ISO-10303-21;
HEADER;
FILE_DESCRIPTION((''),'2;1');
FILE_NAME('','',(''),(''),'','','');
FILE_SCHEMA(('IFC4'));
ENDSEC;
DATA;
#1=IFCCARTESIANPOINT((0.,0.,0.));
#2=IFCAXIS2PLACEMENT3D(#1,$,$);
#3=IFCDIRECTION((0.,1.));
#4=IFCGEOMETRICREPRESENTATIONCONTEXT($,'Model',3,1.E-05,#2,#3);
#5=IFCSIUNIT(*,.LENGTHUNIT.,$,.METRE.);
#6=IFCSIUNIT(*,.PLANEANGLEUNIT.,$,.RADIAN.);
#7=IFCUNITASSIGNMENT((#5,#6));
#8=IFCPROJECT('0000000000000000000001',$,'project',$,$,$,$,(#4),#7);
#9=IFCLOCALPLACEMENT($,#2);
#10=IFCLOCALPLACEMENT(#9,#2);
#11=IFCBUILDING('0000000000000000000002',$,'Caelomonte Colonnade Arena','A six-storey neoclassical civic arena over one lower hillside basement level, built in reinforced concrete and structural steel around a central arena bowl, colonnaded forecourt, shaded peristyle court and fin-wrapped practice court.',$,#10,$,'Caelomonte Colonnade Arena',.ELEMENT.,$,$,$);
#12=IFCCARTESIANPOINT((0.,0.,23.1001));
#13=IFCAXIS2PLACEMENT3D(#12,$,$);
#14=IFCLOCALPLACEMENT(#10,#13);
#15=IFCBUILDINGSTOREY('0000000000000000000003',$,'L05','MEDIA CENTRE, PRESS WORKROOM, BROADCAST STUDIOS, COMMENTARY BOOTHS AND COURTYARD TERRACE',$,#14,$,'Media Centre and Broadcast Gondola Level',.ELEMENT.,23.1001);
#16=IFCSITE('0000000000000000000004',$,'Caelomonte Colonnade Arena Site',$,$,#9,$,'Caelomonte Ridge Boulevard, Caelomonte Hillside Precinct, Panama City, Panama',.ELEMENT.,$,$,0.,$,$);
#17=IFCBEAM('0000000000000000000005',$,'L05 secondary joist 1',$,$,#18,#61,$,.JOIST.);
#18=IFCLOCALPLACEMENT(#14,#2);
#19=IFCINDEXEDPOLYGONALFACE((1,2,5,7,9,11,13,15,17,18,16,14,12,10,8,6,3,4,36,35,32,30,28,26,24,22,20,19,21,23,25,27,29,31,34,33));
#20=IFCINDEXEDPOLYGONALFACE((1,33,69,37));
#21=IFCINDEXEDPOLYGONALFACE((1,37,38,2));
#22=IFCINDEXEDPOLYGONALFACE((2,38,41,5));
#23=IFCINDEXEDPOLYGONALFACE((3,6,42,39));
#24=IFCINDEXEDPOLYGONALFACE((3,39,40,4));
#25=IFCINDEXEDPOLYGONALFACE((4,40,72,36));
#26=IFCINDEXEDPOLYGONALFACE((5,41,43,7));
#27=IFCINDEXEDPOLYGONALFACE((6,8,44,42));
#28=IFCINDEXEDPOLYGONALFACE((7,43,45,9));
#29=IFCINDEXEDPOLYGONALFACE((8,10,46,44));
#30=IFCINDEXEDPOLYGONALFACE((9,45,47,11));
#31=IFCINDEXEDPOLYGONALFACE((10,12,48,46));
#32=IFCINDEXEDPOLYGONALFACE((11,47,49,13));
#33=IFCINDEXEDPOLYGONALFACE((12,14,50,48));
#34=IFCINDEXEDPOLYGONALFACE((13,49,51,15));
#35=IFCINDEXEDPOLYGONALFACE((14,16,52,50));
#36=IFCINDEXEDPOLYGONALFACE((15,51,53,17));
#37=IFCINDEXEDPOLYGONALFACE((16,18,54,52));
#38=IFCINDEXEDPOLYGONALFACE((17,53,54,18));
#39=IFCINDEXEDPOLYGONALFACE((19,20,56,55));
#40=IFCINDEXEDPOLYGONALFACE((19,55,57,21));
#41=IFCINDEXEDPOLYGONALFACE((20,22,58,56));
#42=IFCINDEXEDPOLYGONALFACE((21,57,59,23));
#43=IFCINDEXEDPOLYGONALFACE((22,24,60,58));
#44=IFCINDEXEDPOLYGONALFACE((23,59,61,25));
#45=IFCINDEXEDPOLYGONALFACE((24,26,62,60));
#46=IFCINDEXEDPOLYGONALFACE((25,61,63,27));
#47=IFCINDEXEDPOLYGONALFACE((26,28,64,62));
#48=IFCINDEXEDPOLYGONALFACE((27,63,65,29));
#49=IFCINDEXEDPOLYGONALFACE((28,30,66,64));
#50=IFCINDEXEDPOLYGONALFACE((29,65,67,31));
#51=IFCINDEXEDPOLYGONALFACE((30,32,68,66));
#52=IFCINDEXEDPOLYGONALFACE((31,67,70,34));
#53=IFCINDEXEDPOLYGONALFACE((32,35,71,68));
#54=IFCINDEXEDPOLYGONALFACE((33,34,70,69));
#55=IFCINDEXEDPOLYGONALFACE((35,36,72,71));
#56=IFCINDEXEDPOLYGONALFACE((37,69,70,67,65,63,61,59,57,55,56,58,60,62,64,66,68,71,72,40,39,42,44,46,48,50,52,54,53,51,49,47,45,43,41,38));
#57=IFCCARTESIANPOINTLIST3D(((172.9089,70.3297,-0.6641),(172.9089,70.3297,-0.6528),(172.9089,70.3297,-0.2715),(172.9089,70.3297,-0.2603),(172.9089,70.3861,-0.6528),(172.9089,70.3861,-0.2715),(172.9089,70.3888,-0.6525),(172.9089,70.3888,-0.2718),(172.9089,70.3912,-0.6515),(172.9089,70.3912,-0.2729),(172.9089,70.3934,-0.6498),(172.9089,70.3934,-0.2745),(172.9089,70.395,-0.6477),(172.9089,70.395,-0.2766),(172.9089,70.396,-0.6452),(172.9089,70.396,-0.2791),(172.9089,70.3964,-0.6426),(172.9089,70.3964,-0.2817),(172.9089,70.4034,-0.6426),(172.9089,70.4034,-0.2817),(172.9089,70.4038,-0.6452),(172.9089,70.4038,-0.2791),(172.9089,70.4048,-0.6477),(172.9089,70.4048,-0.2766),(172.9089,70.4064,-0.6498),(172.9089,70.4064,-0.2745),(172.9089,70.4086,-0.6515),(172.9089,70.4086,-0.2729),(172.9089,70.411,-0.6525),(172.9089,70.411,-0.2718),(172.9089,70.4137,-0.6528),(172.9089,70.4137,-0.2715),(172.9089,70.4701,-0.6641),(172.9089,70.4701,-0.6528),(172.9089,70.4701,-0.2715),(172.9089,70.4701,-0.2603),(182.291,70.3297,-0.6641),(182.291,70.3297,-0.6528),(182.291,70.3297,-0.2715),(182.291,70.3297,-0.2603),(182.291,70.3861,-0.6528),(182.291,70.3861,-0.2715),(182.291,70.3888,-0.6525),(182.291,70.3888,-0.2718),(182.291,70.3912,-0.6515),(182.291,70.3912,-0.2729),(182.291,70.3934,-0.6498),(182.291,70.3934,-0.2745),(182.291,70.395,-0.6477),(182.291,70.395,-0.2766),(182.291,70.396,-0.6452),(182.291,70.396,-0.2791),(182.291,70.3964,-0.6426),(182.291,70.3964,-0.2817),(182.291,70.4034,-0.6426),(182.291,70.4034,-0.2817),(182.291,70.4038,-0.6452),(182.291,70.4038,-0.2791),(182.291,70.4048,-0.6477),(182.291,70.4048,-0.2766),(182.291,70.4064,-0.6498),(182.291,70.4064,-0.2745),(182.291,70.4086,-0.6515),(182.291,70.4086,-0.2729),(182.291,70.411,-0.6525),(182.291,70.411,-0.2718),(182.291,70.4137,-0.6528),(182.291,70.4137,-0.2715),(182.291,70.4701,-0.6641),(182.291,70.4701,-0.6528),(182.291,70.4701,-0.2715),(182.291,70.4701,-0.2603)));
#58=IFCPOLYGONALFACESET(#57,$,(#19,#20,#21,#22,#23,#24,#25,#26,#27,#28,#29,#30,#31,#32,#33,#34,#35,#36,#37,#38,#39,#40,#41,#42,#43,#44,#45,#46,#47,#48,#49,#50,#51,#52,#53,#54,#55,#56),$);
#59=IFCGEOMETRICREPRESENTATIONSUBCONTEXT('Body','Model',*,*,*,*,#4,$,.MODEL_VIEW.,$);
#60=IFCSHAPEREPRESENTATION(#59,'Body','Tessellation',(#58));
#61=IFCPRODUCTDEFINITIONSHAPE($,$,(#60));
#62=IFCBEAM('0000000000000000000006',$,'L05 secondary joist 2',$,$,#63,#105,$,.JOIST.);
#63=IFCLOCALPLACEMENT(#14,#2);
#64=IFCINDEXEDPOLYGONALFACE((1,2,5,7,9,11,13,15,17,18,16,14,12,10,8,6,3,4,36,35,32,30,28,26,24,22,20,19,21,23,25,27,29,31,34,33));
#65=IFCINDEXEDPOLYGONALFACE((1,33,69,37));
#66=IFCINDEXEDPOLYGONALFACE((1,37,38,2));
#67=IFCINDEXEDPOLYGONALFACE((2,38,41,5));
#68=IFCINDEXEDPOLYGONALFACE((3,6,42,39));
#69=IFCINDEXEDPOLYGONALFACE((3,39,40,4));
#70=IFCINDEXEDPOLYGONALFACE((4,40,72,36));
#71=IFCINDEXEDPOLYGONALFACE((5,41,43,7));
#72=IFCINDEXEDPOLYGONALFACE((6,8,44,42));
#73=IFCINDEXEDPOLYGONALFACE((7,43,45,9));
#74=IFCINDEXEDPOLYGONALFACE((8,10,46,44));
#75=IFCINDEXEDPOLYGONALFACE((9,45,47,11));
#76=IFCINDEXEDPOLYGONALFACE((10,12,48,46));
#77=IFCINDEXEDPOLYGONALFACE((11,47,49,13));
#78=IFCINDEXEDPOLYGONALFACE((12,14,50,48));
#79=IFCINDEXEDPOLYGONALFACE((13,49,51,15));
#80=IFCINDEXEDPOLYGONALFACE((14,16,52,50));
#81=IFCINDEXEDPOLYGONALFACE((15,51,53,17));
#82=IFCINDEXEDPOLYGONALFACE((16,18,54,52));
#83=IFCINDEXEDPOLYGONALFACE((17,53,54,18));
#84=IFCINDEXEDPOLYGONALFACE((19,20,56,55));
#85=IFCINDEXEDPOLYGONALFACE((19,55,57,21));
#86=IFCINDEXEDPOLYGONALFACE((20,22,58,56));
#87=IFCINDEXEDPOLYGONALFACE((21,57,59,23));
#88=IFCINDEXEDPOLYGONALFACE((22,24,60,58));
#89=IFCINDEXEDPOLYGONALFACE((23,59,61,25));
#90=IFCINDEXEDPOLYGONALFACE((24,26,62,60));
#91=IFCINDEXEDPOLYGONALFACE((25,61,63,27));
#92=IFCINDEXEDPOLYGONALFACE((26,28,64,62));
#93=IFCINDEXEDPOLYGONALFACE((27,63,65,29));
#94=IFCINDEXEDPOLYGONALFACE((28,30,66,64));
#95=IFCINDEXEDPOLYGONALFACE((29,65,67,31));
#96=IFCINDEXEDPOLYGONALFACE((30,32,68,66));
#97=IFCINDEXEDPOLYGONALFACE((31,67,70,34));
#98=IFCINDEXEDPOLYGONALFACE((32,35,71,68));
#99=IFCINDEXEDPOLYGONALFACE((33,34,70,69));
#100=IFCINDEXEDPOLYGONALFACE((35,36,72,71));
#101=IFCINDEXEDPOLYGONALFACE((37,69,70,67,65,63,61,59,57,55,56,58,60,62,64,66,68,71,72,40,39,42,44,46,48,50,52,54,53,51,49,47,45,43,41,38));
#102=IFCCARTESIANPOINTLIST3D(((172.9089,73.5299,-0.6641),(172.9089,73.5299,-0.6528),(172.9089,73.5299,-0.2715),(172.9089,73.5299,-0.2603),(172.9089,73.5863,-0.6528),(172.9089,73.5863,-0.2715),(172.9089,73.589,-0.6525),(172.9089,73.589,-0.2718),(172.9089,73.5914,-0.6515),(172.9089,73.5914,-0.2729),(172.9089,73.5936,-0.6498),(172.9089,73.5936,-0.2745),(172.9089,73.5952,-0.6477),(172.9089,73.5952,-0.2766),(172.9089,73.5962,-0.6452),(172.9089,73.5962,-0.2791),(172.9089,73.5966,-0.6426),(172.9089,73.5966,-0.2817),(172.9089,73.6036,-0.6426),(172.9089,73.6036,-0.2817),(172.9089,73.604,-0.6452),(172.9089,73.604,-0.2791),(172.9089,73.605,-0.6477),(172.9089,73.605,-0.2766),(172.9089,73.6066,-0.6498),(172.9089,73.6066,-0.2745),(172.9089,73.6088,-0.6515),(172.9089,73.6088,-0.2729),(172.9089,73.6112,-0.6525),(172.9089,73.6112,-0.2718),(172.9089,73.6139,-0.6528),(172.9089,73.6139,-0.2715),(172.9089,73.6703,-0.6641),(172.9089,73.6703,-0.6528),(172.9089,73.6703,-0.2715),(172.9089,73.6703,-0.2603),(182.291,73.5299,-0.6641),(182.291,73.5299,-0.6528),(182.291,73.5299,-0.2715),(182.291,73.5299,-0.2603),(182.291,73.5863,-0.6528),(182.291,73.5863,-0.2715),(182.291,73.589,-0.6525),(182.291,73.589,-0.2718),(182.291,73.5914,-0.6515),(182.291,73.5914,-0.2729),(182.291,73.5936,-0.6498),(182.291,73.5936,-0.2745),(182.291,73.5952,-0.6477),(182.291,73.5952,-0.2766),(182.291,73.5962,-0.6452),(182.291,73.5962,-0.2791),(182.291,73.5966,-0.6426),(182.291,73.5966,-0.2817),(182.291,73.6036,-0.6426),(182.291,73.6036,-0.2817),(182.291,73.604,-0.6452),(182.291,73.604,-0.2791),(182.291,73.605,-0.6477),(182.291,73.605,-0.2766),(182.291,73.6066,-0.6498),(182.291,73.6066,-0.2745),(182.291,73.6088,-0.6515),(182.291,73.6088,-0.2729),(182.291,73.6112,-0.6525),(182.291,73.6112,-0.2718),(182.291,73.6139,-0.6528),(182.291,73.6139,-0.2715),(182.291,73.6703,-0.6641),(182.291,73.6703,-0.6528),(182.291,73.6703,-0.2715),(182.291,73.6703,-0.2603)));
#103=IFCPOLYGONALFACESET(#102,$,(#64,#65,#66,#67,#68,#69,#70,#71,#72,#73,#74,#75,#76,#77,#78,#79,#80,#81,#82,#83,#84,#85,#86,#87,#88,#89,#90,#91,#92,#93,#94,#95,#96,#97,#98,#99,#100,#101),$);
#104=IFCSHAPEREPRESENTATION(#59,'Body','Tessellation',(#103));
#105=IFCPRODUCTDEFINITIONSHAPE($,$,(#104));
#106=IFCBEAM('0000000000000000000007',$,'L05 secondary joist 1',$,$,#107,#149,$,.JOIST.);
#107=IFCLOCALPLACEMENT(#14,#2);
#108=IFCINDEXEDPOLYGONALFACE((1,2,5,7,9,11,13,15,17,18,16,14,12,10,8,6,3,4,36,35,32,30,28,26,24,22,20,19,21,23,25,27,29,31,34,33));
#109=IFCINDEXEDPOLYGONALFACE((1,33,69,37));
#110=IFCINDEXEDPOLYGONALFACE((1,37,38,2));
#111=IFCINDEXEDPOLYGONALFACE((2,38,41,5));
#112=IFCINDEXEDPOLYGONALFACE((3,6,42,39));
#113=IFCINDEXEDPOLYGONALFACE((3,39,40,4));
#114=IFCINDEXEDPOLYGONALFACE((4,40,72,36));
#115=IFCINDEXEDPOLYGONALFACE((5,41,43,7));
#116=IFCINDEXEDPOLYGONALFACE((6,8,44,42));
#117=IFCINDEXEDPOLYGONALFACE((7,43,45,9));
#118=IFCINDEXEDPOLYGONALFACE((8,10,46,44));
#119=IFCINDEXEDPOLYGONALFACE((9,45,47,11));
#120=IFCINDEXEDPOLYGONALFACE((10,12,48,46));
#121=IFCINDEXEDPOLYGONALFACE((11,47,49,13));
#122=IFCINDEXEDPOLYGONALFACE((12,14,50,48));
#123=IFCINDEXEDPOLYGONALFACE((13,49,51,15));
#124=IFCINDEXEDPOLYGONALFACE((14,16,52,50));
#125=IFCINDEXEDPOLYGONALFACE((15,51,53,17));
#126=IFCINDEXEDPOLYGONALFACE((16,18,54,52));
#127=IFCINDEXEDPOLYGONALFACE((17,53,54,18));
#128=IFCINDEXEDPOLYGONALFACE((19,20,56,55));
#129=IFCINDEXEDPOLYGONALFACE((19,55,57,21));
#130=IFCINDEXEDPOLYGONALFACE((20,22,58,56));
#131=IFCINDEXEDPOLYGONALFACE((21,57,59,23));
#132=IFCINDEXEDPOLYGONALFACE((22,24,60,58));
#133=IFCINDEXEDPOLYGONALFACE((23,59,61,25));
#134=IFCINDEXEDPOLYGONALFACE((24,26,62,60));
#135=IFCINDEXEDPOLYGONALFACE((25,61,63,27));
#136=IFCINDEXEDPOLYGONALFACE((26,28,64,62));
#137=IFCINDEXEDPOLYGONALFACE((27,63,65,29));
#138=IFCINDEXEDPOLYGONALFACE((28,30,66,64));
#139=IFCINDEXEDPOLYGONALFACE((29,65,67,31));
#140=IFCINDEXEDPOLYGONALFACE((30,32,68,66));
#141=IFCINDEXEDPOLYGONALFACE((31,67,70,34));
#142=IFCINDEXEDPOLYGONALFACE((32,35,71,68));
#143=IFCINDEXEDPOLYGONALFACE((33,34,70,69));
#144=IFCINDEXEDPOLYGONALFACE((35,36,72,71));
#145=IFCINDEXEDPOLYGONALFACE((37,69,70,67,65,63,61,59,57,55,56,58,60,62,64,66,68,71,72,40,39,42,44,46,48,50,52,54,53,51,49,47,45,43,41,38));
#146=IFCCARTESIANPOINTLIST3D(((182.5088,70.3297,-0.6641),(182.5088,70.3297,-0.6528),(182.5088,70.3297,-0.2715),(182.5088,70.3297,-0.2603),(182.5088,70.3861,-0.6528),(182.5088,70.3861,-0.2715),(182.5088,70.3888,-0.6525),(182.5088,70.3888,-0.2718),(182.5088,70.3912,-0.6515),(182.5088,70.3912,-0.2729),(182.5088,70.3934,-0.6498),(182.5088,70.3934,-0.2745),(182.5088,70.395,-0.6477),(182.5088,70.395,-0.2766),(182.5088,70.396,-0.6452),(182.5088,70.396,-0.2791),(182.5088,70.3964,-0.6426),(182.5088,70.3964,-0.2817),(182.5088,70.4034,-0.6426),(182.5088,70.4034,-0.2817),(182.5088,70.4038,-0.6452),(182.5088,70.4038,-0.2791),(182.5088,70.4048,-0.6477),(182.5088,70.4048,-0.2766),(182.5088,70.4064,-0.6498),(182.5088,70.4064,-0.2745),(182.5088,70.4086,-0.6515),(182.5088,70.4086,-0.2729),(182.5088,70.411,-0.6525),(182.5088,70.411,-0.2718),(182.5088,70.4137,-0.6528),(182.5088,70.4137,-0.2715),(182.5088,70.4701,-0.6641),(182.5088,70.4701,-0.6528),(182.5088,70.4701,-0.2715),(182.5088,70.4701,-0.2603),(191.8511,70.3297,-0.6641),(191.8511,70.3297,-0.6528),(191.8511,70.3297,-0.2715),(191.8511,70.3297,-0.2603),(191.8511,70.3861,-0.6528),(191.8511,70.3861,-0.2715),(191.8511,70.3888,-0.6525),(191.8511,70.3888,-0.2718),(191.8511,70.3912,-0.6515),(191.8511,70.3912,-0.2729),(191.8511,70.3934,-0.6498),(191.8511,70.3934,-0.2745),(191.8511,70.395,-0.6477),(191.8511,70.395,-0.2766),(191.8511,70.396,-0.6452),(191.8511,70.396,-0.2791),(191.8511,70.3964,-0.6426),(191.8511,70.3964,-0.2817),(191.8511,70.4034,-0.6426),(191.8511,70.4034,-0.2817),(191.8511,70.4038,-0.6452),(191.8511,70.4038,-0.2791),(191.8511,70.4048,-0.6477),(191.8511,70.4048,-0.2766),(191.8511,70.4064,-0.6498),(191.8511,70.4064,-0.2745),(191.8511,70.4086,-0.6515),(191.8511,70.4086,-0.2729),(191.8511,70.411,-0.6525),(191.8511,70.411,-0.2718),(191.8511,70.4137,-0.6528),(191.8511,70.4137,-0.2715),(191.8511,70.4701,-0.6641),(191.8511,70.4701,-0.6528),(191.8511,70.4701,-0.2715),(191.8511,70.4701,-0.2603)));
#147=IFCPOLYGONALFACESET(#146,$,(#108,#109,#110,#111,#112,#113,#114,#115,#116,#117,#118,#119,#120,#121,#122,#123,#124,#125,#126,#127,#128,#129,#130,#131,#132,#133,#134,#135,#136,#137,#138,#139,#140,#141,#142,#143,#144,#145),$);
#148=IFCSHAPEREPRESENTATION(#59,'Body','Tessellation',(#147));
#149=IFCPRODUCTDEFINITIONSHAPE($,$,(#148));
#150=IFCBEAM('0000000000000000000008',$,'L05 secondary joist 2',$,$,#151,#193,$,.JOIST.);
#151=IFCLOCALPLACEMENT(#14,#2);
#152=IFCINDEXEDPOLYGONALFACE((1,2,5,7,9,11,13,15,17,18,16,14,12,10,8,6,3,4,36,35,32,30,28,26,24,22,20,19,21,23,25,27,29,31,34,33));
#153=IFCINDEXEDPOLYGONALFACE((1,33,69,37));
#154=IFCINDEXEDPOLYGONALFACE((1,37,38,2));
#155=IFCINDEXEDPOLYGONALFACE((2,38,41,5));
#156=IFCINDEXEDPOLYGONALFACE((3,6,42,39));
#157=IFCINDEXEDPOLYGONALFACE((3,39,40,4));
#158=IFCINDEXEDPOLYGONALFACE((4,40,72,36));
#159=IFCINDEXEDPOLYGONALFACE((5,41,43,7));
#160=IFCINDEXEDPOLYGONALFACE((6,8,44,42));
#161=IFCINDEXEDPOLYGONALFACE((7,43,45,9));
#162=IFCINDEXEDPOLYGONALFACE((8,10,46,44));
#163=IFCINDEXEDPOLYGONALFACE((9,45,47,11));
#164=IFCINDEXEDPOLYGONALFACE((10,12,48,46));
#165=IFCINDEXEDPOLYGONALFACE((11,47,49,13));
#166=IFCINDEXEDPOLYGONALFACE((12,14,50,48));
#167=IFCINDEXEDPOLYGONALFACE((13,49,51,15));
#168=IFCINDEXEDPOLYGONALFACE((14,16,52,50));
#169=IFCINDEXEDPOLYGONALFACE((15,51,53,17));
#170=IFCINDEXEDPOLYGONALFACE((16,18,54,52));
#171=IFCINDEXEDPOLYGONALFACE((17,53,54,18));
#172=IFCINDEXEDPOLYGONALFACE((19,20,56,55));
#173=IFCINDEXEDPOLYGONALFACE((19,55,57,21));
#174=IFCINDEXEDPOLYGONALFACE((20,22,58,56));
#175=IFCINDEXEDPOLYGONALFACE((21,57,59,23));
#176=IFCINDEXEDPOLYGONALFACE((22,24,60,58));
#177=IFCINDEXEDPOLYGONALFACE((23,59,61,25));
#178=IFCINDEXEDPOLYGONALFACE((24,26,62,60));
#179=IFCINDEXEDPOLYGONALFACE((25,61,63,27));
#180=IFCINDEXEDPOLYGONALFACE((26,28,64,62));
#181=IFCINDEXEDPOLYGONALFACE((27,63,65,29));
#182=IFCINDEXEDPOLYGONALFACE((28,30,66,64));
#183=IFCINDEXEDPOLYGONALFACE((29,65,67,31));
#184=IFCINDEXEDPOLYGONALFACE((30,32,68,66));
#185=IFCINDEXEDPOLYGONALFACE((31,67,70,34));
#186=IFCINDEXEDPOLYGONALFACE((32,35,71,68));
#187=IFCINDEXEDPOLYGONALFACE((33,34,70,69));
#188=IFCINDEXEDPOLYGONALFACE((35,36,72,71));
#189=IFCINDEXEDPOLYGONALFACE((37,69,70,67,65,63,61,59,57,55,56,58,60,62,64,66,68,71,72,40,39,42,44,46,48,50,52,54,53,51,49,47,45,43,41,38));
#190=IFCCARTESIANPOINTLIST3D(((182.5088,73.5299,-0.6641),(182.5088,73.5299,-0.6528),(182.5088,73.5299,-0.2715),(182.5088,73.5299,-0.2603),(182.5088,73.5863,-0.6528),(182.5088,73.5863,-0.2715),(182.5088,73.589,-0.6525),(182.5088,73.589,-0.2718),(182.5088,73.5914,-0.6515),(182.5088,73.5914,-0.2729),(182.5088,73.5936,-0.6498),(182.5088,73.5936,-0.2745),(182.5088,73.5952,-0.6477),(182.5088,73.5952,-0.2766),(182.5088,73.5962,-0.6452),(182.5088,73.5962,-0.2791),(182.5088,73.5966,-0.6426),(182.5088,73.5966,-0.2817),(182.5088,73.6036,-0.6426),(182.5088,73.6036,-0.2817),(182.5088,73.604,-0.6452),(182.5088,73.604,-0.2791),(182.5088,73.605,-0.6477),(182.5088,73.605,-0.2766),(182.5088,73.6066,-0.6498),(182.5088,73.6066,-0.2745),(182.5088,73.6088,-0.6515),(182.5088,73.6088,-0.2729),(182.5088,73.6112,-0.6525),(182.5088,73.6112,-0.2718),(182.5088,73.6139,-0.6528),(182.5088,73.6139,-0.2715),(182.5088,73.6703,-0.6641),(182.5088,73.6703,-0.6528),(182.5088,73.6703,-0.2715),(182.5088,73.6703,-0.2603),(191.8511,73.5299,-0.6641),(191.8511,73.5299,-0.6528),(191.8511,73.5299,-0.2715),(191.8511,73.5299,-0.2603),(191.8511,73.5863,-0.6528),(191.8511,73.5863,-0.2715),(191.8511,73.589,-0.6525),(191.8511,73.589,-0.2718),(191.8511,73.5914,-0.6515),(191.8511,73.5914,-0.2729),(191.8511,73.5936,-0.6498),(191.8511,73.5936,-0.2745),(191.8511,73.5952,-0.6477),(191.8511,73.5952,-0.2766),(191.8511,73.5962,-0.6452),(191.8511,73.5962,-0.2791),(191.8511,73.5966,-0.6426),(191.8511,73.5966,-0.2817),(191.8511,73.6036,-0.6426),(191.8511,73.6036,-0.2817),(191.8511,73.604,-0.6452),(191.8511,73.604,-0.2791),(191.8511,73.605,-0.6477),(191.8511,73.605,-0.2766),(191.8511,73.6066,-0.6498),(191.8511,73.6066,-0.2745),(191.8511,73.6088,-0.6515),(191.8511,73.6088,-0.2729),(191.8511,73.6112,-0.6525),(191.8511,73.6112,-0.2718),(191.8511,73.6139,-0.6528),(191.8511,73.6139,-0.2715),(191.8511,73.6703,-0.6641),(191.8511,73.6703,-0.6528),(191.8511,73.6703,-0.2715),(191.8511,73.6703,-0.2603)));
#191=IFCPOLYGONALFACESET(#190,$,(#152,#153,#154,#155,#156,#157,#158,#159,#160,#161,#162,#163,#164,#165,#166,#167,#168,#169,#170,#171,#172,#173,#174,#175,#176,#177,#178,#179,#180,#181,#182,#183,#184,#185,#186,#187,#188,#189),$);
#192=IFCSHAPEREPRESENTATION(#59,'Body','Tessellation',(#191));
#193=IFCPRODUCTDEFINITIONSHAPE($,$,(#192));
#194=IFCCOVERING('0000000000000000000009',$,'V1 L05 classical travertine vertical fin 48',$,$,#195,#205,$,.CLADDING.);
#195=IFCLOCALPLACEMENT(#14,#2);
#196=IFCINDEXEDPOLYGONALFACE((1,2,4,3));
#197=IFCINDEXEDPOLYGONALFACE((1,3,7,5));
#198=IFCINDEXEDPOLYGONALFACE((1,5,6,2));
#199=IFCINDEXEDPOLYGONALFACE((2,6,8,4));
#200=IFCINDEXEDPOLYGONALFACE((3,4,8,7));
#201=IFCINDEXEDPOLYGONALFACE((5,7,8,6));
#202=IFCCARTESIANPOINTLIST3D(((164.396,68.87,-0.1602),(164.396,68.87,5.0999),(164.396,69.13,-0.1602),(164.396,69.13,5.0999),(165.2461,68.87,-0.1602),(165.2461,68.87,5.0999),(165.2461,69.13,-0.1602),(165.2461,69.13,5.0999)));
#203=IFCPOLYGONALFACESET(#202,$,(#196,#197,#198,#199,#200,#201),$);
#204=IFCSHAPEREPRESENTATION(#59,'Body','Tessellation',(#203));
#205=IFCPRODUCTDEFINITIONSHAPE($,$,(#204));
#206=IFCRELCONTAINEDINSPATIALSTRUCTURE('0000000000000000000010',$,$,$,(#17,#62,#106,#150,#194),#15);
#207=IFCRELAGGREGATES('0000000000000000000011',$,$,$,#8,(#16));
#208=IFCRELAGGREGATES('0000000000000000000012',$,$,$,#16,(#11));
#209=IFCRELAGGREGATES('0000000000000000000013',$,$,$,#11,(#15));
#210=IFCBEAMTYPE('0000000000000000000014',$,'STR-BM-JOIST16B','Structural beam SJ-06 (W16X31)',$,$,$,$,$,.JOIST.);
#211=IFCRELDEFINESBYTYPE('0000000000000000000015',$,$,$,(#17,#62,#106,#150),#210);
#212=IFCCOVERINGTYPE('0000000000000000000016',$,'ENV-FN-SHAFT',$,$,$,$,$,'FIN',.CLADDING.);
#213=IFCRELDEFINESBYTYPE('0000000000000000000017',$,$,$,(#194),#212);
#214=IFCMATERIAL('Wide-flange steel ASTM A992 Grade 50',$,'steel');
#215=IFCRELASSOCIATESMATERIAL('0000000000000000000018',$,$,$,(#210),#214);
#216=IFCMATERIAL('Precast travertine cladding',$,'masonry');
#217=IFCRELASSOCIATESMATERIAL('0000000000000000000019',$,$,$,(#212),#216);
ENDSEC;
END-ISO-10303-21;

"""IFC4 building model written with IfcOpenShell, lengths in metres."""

from ifc_helpers import new_model, si_unit, direction, frame, origin, origin_2d, place, context, subcontext, project, spatial, rectangle, i_section, extrude, material, material_profile, profile_set, type_object, element, save


model = new_model("IFC4")

# Units and contexts
model_context = context("Model", 3, precision=1e-05, world=origin(), true_north=direction((0.0, 1.0)))
body_context = subcontext(model_context, "Body", "Model", "MODEL_VIEW")
ifc_project = project(units=[si_unit("LENGTHUNIT", "METRE"), si_unit("PLANEANGLEUNIT", "RADIAN")], contexts=[model_context])

# Site, building, storey
site_placement = place(None, origin())
site = spatial("IfcSite", under=ifc_project, at=site_placement, Name="Caelomonte Colonnade Arena Site", LongName="Caelomonte Ridge Boulevard, Caelomonte Hillside Precinct, Panama City, Panama", CompositionType="ELEMENT", RefElevation=0.0)
building_placement = place(site_placement, origin())
building = spatial("IfcBuilding", under=site, at=building_placement, Name="Caelomonte Colonnade Arena", Description="A six-storey neoclassical civic arena over one lower hillside basement level, built in reinforced concrete and structural steel around a central arena bowl, colonnaded forecourt, shaded peristyle court and fin-wrapped practice court.", LongName="Caelomonte Colonnade Arena", CompositionType="ELEMENT")
storey_placement = place(building_placement, frame((0.0, 0.0, 23.1001)))
storey = spatial("IfcBuildingStorey", under=building, at=storey_placement, Name="L05", Description="MEDIA CENTRE, PRESS WORKROOM, BROADCAST STUDIOS, COMMENTARY BOOTHS AND COURTYARD TERRACE", LongName="Media Centre and Broadcast Gondola Level", CompositionType="ELEMENT", Elevation=23.1001)

# Beams
ifc_material_1 = material(Name="Wide-flange steel ASTM A992 Grade 50", Category="steel")
ifc_material_profile_1 = material_profile(ifc_material_1, i_section(OverallWidth=0.1404, OverallDepth=0.4038, WebThickness=0.0071, FlangeThickness=0.0112, FilletRadius=0.0103, at=origin_2d()), Name="W16X31")
ifc_profile_set_1 = profile_set([ifc_material_profile_1], Name="Wide-flange steel ASTM A992 Grade 50")
beam_type_1 = type_object("IfcBeamType", Name="STR-BM-JOIST16B", Description="Structural beam SJ-06 (W16X31)", PredefinedType="JOIST", material=ifc_profile_set_1)
for number, where, z_axis, x_axis, name in (
    (1, (172.9089, 70.3999, -0.4622), (1.0, 0.0, 0.0), (0.0, 1.0, 0.0), "L05 secondary joist 1"),
    (2, (172.9089, 73.6001, -0.4622), (1.0, 0.0, 0.0), (0.0, 1.0, 0.0), "L05 secondary joist 2"),
):
    element("IfcBeam", number, at=place(storey_placement, frame(where, z_axis=z_axis, x_axis=x_axis)), inside=storey, type_object=beam_type_1, Name=name, PredefinedType="JOIST", context=body_context, shape_type="SweptSolid", body=[
        extrude(i_section(OverallWidth=0.1404, OverallDepth=0.4038, WebThickness=0.0071, FlangeThickness=0.0112, FilletRadius=0.0103, at=origin_2d()), origin(), (0.0, 0.0, 1.0), 9.3821),
    ])
for number, where, z_axis, x_axis, name in (
    (3, (182.5088, 70.3999, -0.4622), (1.0, 0.0, 0.0), (0.0, 1.0, 0.0), "L05 secondary joist 1"),
    (4, (182.5088, 73.6001, -0.4622), (1.0, 0.0, 0.0), (0.0, 1.0, 0.0), "L05 secondary joist 2"),
):
    element("IfcBeam", number, at=place(storey_placement, frame(where, z_axis=z_axis, x_axis=x_axis)), inside=storey, type_object=beam_type_1, Name=name, PredefinedType="JOIST", context=body_context, shape_type="SweptSolid", body=[
        extrude(i_section(OverallWidth=0.1404, OverallDepth=0.4038, WebThickness=0.0071, FlangeThickness=0.0112, FilletRadius=0.0103, at=origin_2d()), origin(), (0.0, 0.0, 1.0), 9.3423),
    ])

# Covering
ifc_material_2 = material(Name="Precast travertine cladding", Category="masonry")
ifc_material_profile_2 = material_profile(ifc_material_2, rectangle(XDim=0.26, YDim=0.8501, at=origin_2d()), Name="FIN260X850")
ifc_profile_set_2 = profile_set([ifc_material_profile_2], Name="Precast travertine cladding")
covering_type = type_object("IfcCoveringType", Name="ENV-FN-SHAFT", ElementType="FIN", PredefinedType="CLADDING", material=ifc_profile_set_2)
for number, where, z_axis, x_axis, name in (
    (5, (164.821, 69.0, -0.1602), (0.0, 0.0, 1.0), (0.0, -1.0, 0.0), "V1 L05 classical travertine vertical fin 48"),
):
    element("IfcCovering", number, at=place(storey_placement, frame(where, z_axis=z_axis, x_axis=x_axis)), inside=storey, type_object=covering_type, Name=name, PredefinedType="CLADDING", context=body_context, shape_type="SweptSolid", body=[
        extrude(rectangle(XDim=0.26, YDim=0.8501, at=origin_2d()), origin(), (0.0, 0.0, 1.0), 5.26),
    ])

save(model, "model.ifc")
